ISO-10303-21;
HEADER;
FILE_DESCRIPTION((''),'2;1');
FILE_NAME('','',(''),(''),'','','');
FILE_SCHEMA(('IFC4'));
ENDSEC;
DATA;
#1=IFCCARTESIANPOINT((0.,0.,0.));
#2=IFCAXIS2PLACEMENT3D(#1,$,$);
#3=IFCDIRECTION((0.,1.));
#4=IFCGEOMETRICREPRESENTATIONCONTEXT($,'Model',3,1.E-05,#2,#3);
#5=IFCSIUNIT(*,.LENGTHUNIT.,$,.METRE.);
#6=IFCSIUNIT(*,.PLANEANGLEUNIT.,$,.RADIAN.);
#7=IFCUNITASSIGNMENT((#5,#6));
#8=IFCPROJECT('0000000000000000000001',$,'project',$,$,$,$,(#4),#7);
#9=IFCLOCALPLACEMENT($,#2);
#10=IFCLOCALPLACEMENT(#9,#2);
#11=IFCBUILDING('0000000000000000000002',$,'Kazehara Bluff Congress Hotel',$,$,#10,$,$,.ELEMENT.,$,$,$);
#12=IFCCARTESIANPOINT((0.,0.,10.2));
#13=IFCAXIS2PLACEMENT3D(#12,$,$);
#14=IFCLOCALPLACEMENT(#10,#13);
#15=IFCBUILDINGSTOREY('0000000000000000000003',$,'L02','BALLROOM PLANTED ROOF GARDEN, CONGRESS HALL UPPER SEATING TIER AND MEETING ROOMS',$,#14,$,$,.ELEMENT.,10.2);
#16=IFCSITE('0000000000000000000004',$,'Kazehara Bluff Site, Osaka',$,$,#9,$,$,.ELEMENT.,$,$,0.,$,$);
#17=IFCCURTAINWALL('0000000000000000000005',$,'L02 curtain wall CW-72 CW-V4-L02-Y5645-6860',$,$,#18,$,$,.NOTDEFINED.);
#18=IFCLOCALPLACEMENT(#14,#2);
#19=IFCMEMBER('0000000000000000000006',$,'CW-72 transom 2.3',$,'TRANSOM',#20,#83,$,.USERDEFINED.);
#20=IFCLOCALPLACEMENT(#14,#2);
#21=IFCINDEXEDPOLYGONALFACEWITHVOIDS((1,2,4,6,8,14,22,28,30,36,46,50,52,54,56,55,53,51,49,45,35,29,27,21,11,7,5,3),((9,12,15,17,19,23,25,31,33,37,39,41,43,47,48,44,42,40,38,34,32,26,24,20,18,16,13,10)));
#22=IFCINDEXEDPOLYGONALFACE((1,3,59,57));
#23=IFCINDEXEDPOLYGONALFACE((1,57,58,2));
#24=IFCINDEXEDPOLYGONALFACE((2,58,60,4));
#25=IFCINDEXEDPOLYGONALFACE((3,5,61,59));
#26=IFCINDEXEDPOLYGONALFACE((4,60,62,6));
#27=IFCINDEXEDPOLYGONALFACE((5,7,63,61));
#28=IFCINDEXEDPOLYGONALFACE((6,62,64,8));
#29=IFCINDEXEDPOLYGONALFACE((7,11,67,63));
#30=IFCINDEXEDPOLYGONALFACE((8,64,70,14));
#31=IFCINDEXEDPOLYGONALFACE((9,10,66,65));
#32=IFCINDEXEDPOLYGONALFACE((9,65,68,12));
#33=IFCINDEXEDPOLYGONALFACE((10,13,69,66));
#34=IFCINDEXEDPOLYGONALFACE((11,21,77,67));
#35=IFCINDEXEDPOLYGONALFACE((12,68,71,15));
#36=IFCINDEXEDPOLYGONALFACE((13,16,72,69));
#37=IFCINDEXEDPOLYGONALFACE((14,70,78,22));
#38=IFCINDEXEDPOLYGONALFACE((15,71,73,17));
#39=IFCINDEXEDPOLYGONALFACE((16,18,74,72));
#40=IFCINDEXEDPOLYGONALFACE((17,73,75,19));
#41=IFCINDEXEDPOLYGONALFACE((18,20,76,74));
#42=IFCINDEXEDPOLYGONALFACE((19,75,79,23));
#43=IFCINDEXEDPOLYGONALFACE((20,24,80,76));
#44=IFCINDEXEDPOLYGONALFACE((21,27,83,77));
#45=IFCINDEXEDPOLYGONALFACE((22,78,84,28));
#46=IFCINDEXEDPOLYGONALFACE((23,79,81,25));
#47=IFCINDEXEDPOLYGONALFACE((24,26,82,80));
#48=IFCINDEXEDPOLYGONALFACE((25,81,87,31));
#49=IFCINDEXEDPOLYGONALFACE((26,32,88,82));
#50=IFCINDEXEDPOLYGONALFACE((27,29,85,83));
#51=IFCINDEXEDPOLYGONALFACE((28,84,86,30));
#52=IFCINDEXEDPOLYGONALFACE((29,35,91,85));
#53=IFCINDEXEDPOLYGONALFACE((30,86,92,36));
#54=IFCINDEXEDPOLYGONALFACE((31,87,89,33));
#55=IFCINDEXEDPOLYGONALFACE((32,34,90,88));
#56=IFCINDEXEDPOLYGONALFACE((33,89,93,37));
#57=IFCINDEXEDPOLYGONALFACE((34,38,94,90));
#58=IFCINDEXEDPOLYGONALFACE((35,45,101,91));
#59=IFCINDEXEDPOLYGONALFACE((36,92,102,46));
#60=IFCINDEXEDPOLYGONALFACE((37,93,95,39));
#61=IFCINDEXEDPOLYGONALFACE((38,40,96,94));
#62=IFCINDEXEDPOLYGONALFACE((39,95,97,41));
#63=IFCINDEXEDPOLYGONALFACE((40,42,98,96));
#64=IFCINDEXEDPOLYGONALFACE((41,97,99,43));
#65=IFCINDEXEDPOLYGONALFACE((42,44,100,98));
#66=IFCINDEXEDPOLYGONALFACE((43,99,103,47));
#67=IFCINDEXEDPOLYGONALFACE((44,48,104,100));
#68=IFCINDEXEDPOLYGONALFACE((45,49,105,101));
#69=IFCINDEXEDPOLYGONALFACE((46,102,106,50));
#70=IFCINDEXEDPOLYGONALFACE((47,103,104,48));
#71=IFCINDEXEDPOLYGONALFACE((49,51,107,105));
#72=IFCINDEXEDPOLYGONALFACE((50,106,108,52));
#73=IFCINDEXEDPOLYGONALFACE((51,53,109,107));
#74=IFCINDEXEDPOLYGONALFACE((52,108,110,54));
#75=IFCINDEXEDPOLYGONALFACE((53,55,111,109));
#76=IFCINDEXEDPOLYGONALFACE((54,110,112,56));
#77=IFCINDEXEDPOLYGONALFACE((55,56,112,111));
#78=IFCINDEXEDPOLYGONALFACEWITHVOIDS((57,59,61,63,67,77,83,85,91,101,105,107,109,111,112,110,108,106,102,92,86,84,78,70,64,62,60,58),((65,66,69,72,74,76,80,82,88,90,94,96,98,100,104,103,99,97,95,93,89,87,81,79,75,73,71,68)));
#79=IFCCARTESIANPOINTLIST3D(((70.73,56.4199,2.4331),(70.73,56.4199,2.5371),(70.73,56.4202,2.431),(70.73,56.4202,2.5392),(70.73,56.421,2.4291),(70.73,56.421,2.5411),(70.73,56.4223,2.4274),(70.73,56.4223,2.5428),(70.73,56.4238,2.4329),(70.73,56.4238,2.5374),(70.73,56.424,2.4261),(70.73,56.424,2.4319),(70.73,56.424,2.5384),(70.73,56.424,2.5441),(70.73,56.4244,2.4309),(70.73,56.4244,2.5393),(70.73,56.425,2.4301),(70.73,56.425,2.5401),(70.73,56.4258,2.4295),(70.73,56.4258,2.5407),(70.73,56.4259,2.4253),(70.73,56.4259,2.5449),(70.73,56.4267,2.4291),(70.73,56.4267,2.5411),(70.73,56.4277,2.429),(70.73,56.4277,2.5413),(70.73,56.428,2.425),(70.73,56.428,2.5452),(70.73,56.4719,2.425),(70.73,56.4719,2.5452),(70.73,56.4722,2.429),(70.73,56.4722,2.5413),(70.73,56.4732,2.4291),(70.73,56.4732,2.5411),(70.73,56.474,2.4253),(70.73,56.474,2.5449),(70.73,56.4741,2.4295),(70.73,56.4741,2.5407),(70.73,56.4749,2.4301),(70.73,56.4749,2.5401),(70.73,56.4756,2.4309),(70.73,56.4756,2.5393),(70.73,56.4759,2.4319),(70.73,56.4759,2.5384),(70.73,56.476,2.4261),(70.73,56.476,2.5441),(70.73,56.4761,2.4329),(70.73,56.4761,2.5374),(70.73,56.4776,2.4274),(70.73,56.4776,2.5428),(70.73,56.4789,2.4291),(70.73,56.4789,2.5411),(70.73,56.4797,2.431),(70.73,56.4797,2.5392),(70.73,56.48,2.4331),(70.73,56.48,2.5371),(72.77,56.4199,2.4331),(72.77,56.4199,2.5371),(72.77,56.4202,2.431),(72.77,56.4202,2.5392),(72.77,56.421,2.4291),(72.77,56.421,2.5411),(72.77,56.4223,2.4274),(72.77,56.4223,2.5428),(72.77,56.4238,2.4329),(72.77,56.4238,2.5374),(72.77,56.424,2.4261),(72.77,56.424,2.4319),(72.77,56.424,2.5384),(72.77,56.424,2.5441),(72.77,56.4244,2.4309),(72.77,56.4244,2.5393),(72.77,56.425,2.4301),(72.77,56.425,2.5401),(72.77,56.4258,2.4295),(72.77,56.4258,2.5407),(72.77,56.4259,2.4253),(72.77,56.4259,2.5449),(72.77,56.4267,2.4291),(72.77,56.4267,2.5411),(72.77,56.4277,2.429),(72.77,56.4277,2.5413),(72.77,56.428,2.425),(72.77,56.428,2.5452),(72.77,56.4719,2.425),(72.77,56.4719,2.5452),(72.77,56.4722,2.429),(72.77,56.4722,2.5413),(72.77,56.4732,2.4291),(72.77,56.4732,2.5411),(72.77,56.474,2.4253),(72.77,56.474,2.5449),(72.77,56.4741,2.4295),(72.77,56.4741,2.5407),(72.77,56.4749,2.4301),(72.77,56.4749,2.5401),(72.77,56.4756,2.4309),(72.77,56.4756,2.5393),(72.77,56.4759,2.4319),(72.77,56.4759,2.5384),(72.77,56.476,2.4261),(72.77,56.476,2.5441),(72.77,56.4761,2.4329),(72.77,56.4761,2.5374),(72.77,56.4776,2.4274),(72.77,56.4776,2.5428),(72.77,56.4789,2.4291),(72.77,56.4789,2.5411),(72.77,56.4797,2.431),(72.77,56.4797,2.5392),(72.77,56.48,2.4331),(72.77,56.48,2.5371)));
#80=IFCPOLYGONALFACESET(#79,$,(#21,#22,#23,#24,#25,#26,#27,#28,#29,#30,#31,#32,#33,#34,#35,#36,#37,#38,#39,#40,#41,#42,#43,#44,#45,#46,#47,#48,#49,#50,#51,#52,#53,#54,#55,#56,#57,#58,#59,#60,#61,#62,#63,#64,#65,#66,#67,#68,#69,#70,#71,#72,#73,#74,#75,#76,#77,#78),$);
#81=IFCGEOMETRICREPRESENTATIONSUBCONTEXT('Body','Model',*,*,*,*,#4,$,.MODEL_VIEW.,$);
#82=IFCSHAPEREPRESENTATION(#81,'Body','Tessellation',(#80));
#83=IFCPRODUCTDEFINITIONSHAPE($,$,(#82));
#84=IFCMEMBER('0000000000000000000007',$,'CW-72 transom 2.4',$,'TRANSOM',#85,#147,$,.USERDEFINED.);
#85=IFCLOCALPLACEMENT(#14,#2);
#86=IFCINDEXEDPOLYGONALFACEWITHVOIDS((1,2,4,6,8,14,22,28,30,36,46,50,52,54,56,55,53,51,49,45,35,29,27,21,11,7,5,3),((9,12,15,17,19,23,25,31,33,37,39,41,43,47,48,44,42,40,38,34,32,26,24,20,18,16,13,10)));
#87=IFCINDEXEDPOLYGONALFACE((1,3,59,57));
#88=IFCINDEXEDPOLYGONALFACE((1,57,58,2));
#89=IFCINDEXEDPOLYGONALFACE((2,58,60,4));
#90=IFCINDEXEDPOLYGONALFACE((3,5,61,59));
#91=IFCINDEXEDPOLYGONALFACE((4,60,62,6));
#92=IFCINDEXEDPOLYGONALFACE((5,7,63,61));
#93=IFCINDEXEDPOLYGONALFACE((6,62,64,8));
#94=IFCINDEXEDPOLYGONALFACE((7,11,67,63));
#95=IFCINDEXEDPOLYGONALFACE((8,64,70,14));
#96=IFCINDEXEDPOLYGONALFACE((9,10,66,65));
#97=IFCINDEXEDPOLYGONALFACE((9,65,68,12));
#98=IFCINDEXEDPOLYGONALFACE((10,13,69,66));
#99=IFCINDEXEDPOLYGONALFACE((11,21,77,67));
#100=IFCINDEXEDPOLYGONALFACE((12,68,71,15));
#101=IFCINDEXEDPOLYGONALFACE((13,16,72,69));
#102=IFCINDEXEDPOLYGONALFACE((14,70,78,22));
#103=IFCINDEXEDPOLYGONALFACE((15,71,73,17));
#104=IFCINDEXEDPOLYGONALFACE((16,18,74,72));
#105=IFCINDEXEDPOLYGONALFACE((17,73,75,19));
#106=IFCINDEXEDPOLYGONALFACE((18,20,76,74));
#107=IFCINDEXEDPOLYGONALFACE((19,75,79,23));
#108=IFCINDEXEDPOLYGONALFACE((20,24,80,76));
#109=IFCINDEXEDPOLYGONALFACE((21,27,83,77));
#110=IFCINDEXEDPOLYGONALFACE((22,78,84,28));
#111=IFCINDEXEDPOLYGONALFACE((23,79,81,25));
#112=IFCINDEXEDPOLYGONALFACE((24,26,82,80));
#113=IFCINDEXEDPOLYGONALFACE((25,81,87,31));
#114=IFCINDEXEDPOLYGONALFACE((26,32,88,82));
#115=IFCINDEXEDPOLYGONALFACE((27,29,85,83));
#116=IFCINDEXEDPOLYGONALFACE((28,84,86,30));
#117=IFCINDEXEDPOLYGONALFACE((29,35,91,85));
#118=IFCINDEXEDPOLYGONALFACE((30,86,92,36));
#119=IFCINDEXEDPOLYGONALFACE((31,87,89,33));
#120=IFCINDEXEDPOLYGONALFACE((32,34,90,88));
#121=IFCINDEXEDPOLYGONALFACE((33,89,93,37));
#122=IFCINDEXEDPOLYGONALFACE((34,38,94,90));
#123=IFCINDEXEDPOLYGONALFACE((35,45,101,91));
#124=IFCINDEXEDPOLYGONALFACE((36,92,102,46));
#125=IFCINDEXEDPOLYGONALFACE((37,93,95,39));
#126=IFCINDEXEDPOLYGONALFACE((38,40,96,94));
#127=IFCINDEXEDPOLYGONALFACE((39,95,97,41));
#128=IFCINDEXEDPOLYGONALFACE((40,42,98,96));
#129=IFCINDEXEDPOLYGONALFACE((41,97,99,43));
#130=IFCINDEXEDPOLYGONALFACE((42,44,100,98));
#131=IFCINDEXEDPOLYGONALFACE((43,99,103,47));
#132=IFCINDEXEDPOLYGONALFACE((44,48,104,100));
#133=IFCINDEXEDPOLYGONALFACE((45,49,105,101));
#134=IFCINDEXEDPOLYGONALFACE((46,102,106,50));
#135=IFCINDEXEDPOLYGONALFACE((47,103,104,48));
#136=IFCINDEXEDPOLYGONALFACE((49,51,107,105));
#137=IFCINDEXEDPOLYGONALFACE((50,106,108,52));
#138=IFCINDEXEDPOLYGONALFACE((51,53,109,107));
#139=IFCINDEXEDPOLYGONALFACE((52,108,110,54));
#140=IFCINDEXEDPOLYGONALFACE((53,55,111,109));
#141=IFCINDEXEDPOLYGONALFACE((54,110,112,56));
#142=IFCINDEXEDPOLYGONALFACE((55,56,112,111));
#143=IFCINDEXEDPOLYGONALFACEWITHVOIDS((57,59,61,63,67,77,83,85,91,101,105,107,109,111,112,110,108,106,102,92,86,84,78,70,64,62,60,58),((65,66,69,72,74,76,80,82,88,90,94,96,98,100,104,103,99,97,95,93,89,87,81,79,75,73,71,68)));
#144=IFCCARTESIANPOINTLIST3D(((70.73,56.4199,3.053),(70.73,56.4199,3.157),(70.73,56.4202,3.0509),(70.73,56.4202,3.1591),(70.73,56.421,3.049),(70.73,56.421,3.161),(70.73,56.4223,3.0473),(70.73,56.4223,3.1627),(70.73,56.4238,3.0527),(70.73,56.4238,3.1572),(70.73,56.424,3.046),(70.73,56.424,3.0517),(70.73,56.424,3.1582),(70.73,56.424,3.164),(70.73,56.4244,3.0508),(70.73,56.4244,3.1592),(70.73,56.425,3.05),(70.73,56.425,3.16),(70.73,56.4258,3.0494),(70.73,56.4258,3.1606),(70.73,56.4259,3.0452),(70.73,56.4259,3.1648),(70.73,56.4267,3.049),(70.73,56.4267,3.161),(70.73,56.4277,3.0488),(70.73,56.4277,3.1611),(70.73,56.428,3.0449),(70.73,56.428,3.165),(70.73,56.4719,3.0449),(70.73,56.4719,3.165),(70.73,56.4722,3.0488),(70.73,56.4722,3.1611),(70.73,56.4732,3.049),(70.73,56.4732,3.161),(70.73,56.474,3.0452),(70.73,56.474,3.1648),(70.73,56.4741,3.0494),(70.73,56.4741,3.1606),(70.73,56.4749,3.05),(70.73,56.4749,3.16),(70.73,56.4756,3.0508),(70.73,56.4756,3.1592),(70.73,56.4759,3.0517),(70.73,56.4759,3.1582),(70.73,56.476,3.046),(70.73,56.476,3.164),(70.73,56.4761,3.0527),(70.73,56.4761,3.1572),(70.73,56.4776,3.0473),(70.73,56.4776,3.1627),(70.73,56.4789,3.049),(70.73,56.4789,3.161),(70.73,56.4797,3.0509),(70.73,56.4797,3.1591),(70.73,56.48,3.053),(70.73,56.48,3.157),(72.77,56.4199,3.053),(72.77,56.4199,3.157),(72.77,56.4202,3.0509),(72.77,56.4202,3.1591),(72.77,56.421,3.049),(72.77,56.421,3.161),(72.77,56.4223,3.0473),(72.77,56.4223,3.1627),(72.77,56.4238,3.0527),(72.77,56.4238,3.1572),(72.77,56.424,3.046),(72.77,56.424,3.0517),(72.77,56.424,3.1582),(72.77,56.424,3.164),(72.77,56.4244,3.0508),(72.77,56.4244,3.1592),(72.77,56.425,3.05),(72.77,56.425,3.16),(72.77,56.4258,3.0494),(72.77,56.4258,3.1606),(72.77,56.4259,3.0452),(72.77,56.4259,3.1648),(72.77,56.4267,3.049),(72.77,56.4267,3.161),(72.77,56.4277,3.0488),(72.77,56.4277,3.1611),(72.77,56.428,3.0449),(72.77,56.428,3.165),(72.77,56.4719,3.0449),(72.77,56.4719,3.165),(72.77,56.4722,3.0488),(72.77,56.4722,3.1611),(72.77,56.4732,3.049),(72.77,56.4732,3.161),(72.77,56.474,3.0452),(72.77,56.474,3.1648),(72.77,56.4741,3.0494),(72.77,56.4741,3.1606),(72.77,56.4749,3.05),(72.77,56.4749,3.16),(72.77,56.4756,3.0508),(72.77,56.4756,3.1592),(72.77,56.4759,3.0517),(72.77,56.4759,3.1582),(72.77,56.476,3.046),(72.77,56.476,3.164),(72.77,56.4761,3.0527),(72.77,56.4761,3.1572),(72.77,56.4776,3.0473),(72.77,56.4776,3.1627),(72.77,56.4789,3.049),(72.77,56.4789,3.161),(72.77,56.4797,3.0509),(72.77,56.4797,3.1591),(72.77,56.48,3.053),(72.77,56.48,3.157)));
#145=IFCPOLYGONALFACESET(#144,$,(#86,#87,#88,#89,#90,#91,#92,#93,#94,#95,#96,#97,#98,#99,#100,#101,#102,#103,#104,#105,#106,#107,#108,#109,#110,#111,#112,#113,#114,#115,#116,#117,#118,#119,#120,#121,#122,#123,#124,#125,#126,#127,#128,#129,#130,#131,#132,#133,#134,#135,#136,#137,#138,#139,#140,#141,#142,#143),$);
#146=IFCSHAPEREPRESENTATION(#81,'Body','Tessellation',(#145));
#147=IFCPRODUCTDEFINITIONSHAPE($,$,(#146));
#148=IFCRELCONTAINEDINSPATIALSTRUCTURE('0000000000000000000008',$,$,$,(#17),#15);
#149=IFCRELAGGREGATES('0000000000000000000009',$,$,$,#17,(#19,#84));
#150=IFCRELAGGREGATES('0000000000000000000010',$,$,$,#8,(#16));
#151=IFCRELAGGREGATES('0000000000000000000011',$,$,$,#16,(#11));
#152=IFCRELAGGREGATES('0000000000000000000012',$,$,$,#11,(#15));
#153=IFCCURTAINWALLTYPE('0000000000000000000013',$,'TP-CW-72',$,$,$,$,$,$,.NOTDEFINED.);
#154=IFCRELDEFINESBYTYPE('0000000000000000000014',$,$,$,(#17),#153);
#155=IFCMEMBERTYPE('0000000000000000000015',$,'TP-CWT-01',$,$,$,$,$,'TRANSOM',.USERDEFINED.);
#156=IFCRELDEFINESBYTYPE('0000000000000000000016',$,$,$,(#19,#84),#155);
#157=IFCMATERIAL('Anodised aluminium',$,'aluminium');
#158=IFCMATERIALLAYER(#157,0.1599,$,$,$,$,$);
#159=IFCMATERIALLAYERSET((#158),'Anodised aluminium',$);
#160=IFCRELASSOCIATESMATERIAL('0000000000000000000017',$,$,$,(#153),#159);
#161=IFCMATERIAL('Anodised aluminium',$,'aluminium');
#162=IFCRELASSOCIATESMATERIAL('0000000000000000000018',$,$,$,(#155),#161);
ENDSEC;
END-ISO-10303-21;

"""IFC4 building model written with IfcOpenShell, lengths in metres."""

from ifc_helpers import new_model, si_unit, direction, frame, origin, origin_2d, place, context, subcontext, project, spatial, hollow_rectangle, extrude, material, layer, layer_set, material_profile, profile_set, type_object, element, aggregate, save


model = new_model("IFC4")

# Units and contexts
model_context = context("Model", 3, precision=1e-05, world=origin(), true_north=direction((0.0, 1.0)))
body_context = subcontext(model_context, "Body", "Model", "MODEL_VIEW")
ifc_project = project(units=[si_unit("LENGTHUNIT", "METRE"), si_unit("PLANEANGLEUNIT", "RADIAN")], contexts=[model_context])

# Site, building, storey
site_placement = place(None, origin())
site = spatial("IfcSite", under=ifc_project, at=site_placement, Name="Kazehara Bluff Site, Osaka", CompositionType="ELEMENT", RefElevation=0.0)
building_placement = place(site_placement, origin())
building = spatial("IfcBuilding", under=site, at=building_placement, Name="Kazehara Bluff Congress Hotel", CompositionType="ELEMENT")
storey_placement = place(building_placement, frame((0.0, 0.0, 10.2)))
storey = spatial("IfcBuildingStorey", under=building, at=storey_placement, Name="L02", Description="BALLROOM PLANTED ROOF GARDEN, CONGRESS HALL UPPER SEATING TIER AND MEETING ROOMS", CompositionType="ELEMENT", Elevation=10.2)

# Curtain wall, members
ifc_material_1 = material(Name="Anodised aluminium", Category="aluminium")
ifc_layer_1 = layer(ifc_material_1, 0.1599)
ifc_layer_set_1 = layer_set([ifc_layer_1], Name="Anodised aluminium")
curtain_wall_type = type_object("IfcCurtainWallType", Name="TP-CW-72", PredefinedType="NOTDEFINED", material=ifc_layer_set_1)
curtain_wall_placement = place(storey_placement, origin())
curtain_wall = element("IfcCurtainWall", 1, at=curtain_wall_placement, inside=storey, type_object=curtain_wall_type, Name="L02 curtain wall CW-72 CW-V4-L02-Y5645-6860", PredefinedType="NOTDEFINED")
ifc_material_2 = material(Name="Anodised aluminium", Category="aluminium")
ifc_material_profile_1 = material_profile(ifc_material_2, hollow_rectangle(XDim=0.0601, YDim=0.1201, WallThickness=0.0039, InnerFilletRadius=0.0039, OuterFilletRadius=0.0081, at=origin_2d()))
ifc_profile_set_1 = profile_set([ifc_material_profile_1], Name="Anodised aluminium")
member_type_1 = type_object("IfcMemberType", Name="TP-CWT-01", ElementType="TRANSOM", PredefinedType="USERDEFINED", material=ifc_profile_set_1)
member_1_placement = place(storey_placement, frame((70.73, 56.45, 2.4851), z_axis=(1.0, 0.0, 0.0), x_axis=(0.0, 1.0, 0.0)))
member_1 = element("IfcMember", 2, at=member_1_placement, type_object=member_type_1, Name="CW-72 transom 2.3", ObjectType="TRANSOM", PredefinedType="USERDEFINED", context=body_context, shape_type="SweptSolid", body=[
    extrude(hollow_rectangle(XDim=0.0601, YDim=0.1201, WallThickness=0.0039, InnerFilletRadius=0.0039, OuterFilletRadius=0.0081, at=origin_2d()), origin(), (0.0, 0.0, 1.0), 2.04),
])
member_2_placement = place(storey_placement, frame((70.73, 56.45, 3.105), z_axis=(1.0, 0.0, 0.0), x_axis=(0.0, 1.0, 0.0)))
member_2 = element("IfcMember", 3, at=member_2_placement, type_object=member_type_1, Name="CW-72 transom 2.4", ObjectType="TRANSOM", PredefinedType="USERDEFINED", context=body_context, shape_type="SweptSolid", body=[
    extrude(hollow_rectangle(XDim=0.0601, YDim=0.1201, WallThickness=0.0039, InnerFilletRadius=0.0039, OuterFilletRadius=0.0081, at=origin_2d()), origin(), (0.0, 0.0, 1.0), 2.04),
])
aggregate(curtain_wall, [member_1, member_2])

save(model, "model.ifc")
